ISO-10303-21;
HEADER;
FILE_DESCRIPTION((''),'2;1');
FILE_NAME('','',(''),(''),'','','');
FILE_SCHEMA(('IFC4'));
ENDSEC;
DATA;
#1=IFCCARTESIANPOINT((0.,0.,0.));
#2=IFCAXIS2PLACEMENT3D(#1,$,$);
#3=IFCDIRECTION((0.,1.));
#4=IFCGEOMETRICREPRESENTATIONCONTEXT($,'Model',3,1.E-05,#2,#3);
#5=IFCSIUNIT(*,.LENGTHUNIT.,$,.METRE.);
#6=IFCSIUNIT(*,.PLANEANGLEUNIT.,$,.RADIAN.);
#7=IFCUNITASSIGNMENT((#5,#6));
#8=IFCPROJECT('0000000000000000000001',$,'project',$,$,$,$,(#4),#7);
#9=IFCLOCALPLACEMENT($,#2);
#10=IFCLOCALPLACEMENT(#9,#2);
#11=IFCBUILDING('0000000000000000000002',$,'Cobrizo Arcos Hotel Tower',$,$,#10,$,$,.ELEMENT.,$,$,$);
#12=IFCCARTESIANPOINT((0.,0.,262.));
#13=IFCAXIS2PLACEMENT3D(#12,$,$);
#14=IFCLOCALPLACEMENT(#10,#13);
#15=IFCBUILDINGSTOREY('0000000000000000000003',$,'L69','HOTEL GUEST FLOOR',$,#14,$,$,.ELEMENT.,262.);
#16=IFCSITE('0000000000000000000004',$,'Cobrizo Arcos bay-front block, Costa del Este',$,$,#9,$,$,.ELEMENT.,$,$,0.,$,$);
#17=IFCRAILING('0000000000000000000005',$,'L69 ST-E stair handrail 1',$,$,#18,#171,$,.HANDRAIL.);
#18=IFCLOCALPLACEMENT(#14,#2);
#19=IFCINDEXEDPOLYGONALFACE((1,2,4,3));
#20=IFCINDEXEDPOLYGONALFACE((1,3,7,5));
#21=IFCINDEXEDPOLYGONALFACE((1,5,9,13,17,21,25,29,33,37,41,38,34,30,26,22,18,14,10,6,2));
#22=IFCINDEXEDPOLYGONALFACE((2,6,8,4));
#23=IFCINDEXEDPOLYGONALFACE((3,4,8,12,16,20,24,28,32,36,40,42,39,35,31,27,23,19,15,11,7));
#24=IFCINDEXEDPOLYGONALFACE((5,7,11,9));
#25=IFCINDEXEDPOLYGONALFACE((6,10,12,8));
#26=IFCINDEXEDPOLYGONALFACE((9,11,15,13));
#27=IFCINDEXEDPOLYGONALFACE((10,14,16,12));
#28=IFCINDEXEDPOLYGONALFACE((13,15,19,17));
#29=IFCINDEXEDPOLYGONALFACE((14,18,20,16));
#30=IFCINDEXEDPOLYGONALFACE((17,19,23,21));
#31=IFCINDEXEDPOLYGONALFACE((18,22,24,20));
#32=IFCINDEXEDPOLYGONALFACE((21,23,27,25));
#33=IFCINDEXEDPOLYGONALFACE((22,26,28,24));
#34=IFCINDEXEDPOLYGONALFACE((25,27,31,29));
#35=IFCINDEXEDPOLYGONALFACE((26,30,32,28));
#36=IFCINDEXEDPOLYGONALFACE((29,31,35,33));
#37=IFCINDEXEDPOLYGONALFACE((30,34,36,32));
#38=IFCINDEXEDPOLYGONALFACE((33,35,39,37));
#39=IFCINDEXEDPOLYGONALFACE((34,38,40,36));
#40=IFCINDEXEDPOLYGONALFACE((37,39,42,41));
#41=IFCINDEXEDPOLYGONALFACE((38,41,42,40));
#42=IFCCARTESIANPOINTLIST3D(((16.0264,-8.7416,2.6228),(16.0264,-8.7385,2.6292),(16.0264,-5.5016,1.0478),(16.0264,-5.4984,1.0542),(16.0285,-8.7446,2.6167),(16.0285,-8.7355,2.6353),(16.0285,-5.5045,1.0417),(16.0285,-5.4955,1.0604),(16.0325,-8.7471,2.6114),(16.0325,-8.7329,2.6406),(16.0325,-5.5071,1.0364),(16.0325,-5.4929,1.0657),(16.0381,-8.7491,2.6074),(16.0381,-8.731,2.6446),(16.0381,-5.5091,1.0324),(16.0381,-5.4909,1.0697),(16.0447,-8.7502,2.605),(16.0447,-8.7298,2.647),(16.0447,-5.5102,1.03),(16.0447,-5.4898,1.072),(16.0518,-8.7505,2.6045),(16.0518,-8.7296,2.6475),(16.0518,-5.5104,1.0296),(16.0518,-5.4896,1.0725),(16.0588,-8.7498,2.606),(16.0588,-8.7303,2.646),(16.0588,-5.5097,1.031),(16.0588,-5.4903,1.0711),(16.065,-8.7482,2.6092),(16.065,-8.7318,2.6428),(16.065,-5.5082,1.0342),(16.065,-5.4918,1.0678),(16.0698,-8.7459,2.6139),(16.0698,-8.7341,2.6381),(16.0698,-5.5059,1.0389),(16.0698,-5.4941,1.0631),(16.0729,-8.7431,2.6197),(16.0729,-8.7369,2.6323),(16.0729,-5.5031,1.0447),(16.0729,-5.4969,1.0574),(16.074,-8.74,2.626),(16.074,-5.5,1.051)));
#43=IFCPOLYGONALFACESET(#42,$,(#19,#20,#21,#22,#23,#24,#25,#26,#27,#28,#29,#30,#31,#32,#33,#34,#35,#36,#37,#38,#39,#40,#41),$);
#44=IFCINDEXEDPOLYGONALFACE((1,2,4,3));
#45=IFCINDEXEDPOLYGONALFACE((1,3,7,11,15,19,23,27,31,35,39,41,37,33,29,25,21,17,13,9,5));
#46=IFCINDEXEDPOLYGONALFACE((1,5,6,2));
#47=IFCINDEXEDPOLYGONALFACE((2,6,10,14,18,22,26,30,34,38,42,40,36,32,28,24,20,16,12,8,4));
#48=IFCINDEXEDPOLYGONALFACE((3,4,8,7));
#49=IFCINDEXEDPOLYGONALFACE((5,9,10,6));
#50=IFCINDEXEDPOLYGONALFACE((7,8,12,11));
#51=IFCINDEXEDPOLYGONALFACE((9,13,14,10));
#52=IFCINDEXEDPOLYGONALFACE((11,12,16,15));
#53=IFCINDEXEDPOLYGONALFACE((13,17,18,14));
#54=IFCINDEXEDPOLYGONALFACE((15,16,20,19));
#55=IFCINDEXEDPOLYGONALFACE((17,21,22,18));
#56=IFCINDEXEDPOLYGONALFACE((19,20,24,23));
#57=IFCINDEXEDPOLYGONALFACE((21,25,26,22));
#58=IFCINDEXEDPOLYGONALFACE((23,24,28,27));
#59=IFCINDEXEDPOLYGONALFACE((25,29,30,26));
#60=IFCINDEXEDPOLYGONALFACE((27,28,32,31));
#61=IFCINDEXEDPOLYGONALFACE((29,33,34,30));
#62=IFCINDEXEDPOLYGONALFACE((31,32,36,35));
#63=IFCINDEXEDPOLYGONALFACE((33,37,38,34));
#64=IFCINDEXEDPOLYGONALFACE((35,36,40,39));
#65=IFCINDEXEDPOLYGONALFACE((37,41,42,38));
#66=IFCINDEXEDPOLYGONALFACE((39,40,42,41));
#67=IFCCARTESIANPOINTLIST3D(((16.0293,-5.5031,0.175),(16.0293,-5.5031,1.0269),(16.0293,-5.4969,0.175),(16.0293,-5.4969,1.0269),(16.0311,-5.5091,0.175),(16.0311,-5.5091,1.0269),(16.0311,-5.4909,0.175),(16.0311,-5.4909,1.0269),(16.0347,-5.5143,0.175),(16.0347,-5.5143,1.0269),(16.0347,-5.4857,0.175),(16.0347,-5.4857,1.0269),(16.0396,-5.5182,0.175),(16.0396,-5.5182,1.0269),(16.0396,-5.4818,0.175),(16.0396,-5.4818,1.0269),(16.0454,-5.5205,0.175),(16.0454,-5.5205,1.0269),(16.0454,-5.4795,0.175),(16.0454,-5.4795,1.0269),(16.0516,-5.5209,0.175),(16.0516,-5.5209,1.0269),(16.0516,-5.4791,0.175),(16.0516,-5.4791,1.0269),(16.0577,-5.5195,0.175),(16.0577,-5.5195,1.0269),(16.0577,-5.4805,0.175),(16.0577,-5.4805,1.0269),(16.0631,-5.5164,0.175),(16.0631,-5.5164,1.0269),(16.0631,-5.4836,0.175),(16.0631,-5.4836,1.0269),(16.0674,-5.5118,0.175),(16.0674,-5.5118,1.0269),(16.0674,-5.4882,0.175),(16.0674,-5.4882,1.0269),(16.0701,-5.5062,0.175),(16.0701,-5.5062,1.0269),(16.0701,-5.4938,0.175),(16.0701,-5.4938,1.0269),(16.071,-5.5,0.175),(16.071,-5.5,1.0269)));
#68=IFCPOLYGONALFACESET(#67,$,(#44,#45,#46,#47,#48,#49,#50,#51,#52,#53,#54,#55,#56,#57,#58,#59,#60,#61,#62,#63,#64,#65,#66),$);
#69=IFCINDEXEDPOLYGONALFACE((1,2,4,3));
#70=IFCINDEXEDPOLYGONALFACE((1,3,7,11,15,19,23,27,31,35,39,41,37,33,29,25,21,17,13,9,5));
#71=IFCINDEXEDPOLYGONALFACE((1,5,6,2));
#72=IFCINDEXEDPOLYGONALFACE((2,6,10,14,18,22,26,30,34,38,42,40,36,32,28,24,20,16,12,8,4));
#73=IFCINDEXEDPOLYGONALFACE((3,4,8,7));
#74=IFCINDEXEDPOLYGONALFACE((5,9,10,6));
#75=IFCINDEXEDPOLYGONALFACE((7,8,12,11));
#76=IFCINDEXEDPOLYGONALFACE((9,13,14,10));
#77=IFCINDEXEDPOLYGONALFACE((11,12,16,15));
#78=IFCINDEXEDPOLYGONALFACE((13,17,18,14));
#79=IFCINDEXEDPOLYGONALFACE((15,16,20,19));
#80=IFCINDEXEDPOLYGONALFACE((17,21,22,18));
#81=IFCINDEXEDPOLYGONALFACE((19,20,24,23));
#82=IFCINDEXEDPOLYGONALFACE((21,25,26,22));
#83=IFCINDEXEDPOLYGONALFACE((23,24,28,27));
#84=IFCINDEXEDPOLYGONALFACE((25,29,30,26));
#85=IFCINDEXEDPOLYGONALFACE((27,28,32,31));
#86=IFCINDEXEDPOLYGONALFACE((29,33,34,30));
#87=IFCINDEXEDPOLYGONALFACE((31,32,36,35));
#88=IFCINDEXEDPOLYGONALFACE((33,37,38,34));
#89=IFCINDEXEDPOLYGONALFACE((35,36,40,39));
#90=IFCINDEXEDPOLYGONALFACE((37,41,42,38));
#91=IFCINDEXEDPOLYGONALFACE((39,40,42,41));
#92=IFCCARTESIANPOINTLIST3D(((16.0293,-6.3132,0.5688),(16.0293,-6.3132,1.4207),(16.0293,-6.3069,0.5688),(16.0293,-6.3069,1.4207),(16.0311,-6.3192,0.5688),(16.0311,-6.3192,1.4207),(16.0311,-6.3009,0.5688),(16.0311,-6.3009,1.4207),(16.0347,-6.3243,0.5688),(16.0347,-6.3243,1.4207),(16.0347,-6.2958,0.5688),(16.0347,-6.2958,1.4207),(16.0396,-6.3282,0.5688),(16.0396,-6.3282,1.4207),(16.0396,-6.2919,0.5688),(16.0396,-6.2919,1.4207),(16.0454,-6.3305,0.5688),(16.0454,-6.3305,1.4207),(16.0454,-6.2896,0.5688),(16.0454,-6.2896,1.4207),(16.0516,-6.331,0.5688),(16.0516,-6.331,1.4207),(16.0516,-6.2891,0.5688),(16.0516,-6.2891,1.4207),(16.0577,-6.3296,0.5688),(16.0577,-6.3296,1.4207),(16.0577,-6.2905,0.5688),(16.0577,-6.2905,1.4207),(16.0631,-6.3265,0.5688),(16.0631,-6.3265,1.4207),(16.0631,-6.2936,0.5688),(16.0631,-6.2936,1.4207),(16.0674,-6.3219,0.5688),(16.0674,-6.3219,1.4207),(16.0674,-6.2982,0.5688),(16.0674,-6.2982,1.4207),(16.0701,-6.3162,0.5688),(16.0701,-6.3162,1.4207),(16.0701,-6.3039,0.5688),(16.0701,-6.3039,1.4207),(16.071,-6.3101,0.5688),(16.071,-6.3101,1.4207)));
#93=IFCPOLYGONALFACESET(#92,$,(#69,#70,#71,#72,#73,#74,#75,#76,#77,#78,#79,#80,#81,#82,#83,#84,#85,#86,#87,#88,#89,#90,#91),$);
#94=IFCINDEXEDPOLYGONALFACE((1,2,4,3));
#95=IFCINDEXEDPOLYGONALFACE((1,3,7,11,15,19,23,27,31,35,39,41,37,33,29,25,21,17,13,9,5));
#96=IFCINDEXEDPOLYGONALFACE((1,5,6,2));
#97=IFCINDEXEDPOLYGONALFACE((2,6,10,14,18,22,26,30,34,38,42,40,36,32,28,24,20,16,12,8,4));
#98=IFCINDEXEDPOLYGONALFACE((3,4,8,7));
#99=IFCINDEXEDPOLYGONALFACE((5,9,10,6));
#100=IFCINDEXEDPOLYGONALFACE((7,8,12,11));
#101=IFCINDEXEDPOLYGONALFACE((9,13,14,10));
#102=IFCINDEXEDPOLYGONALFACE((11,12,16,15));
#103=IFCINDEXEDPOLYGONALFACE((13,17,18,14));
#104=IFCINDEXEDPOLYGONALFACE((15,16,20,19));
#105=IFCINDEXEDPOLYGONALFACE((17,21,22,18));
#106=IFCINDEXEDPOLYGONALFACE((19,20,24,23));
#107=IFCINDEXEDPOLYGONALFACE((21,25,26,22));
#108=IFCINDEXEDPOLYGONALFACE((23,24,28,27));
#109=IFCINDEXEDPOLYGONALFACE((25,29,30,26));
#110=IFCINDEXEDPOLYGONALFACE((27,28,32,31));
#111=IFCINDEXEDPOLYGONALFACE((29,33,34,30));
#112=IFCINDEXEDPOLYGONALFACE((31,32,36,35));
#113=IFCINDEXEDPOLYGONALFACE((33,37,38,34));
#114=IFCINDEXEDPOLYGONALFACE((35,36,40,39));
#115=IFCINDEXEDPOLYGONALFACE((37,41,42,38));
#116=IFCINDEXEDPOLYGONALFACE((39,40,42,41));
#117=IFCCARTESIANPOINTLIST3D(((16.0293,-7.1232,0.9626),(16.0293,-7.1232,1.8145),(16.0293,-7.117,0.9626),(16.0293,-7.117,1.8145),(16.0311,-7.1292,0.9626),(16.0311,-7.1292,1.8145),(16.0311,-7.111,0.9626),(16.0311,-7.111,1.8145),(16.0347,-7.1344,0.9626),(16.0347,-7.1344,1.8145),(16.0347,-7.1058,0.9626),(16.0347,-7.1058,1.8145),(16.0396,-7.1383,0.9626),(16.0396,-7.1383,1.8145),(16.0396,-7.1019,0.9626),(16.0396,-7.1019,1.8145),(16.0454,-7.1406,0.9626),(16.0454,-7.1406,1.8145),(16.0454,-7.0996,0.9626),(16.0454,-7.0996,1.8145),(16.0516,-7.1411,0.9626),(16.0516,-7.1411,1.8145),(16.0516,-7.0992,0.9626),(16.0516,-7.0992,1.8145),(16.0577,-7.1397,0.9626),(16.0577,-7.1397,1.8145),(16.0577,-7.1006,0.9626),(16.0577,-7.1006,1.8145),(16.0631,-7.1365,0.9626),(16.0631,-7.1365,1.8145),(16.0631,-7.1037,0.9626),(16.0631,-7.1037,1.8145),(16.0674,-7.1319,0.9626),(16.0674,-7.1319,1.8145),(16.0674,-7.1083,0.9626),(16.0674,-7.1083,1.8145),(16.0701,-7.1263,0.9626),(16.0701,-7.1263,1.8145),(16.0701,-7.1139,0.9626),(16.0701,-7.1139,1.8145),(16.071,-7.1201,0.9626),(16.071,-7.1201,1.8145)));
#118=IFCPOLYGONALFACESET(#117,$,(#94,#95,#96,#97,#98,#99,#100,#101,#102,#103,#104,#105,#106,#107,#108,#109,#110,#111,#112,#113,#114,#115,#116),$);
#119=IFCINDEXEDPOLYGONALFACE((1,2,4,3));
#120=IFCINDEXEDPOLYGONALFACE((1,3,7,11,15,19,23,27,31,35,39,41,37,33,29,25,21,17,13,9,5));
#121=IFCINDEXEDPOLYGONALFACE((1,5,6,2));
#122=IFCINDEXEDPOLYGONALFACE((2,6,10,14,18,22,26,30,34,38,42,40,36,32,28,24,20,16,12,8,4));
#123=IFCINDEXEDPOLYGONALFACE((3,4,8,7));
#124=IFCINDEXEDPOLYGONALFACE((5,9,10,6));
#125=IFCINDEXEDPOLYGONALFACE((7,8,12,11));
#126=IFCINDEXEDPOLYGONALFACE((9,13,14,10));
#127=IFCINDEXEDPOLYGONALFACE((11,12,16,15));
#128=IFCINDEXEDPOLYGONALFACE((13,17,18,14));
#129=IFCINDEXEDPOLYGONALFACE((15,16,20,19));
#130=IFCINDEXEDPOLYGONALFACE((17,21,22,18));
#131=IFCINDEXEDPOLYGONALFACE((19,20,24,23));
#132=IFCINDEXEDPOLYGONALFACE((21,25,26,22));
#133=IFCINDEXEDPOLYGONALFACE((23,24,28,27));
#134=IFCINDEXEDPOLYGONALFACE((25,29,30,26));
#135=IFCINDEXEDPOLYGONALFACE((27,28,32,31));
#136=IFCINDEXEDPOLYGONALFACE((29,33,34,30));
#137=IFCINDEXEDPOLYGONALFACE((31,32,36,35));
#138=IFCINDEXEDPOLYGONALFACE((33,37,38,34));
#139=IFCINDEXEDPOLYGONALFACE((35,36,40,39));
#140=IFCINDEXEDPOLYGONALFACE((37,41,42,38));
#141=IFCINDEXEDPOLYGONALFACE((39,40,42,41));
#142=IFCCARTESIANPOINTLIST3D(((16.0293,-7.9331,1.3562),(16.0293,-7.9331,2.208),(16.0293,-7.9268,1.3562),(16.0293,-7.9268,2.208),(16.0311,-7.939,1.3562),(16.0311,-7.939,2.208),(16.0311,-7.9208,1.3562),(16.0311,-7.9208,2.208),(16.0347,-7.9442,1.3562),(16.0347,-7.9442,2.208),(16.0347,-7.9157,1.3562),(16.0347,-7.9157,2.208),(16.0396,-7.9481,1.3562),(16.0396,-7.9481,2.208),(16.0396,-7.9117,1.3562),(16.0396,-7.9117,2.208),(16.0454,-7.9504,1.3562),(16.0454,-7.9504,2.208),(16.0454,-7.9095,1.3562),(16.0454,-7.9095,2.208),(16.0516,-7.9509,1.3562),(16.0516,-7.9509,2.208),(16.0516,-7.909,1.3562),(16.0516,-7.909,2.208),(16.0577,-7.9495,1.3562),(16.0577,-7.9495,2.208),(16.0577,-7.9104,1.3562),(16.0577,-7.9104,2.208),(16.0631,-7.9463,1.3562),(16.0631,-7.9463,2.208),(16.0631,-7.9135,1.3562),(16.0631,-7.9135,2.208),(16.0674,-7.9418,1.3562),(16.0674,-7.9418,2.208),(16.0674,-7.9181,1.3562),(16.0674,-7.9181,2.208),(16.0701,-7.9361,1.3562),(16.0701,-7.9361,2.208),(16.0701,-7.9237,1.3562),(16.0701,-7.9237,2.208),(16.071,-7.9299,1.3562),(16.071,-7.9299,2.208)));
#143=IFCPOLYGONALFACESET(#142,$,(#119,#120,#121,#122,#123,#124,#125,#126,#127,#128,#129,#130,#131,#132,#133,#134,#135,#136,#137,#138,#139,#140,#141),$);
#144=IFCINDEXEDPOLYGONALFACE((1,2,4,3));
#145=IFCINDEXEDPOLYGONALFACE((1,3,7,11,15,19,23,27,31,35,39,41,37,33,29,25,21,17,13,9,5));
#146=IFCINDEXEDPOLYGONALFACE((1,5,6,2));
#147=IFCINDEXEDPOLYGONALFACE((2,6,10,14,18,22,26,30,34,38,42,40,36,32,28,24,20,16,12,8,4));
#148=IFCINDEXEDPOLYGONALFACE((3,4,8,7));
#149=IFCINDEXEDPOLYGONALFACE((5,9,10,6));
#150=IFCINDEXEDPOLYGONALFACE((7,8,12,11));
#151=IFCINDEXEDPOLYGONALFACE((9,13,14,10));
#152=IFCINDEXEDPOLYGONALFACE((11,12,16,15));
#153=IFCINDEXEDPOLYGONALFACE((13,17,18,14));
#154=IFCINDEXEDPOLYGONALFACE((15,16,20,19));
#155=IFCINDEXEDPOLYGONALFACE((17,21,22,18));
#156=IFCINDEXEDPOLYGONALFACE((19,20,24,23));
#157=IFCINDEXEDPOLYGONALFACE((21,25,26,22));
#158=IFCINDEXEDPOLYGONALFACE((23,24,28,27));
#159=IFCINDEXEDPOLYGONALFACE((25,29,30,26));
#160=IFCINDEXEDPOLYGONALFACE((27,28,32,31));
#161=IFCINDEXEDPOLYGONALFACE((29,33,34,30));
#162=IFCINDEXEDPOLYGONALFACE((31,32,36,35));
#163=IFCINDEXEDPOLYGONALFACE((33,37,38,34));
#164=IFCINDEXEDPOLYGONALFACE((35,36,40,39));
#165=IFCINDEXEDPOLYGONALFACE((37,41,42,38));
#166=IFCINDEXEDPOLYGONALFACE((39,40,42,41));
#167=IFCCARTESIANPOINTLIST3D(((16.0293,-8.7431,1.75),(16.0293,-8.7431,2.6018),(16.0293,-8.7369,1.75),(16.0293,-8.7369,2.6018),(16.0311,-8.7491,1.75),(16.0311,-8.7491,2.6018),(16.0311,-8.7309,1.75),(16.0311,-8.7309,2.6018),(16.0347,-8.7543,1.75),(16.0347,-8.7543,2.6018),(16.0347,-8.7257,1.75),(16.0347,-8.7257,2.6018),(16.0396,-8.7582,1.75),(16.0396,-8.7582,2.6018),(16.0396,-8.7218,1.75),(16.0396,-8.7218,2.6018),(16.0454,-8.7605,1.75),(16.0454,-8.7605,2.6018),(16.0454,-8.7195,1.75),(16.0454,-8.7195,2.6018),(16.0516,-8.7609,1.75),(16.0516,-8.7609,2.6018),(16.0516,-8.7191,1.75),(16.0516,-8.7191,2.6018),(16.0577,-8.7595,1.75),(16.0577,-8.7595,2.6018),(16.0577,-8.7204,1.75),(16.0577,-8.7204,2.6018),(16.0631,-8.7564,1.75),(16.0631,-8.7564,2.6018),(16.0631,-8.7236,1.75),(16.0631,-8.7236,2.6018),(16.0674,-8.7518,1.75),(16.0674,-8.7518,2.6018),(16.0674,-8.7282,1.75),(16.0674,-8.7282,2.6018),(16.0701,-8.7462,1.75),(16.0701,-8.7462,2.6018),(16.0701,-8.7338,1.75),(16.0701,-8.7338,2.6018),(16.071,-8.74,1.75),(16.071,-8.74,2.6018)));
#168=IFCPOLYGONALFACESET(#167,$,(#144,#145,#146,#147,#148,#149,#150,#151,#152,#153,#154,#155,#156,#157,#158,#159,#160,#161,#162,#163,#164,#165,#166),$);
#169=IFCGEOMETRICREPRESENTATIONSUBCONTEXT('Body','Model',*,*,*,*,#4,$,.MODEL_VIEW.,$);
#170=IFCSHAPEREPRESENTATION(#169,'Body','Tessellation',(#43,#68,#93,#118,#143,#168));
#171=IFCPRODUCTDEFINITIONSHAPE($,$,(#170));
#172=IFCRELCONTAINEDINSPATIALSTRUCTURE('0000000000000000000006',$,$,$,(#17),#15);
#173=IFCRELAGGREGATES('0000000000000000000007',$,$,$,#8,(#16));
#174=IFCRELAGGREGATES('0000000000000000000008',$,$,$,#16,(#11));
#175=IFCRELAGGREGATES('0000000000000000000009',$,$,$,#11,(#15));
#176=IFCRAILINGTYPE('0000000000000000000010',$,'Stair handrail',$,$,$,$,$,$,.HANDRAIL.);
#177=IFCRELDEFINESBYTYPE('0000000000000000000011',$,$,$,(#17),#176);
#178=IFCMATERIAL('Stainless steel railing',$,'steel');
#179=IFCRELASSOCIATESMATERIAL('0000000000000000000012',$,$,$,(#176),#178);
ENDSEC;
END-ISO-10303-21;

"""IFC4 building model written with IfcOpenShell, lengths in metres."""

from ifc_helpers import new_model, si_unit, direction, frame, origin, origin_2d, place, context, subcontext, project, spatial, circle, extrude, material, type_object, element, save


model = new_model("IFC4")

# Units and contexts
model_context = context("Model", 3, precision=1e-05, world=origin(), true_north=direction((0.0, 1.0)))
body_context = subcontext(model_context, "Body", "Model", "MODEL_VIEW")
ifc_project = project(units=[si_unit("LENGTHUNIT", "METRE"), si_unit("PLANEANGLEUNIT", "RADIAN")], contexts=[model_context])

# Site, building, storey
site_placement = place(None, origin())
site = spatial("IfcSite", under=ifc_project, at=site_placement, Name="Cobrizo Arcos bay-front block, Costa del Este", CompositionType="ELEMENT", RefElevation=0.0)
building_placement = place(site_placement, origin())
building = spatial("IfcBuilding", under=site, at=building_placement, Name="Cobrizo Arcos Hotel Tower", CompositionType="ELEMENT")
storey_placement = place(building_placement, frame((0.0, 0.0, 262.0)))
storey = spatial("IfcBuildingStorey", under=building, at=storey_placement, Name="L69", Description="HOTEL GUEST FLOOR", CompositionType="ELEMENT", Elevation=262.0)

# Railing
ifc_material_1 = material(Name="Stainless steel railing", Category="steel")
railing_type_1 = type_object("IfcRailingType", Name="Stair handrail", PredefinedType="HANDRAIL", material=ifc_material_1)
railing_1_placement = place(storey_placement, frame((16.05, -5.5, 0.175)))
element("IfcRailing", 1, at=railing_1_placement, inside=storey, type_object=railing_type_1, Name="L69 ST-E stair handrail 1", PredefinedType="HANDRAIL", context=body_context, shape_type="SweptSolid", body=[
    extrude(circle(Radius=0.0239, at=origin_2d()), frame((0.0, 0.0, 0.876), z_axis=(0.0, -0.899373, 0.437183), x_axis=(1.0, 0.0, 0.0)), (0.0, 0.0, 1.0), 3.6025),
    extrude(circle(Radius=0.021, at=origin_2d()), origin(), (0.0, 0.0, 1.0), 0.8518),
    extrude(circle(Radius=0.021, at=origin_2d()), frame((0.0, -0.8101, 0.3938)), (0.0, 0.0, 1.0), 0.8518),
    extrude(circle(Radius=0.021, at=origin_2d()), frame((0.0, -1.6201, 0.7876)), (0.0, 0.0, 1.0), 0.8518),
    extrude(circle(Radius=0.021, at=origin_2d()), frame((0.0, -2.4299, 1.1812)), (0.0, 0.0, 1.0), 0.8518),
    extrude(circle(Radius=0.021, at=origin_2d()), frame((0.0, -3.24, 1.575)), (0.0, 0.0, 1.0), 0.8518),
])

save(model, "model.ifc")
